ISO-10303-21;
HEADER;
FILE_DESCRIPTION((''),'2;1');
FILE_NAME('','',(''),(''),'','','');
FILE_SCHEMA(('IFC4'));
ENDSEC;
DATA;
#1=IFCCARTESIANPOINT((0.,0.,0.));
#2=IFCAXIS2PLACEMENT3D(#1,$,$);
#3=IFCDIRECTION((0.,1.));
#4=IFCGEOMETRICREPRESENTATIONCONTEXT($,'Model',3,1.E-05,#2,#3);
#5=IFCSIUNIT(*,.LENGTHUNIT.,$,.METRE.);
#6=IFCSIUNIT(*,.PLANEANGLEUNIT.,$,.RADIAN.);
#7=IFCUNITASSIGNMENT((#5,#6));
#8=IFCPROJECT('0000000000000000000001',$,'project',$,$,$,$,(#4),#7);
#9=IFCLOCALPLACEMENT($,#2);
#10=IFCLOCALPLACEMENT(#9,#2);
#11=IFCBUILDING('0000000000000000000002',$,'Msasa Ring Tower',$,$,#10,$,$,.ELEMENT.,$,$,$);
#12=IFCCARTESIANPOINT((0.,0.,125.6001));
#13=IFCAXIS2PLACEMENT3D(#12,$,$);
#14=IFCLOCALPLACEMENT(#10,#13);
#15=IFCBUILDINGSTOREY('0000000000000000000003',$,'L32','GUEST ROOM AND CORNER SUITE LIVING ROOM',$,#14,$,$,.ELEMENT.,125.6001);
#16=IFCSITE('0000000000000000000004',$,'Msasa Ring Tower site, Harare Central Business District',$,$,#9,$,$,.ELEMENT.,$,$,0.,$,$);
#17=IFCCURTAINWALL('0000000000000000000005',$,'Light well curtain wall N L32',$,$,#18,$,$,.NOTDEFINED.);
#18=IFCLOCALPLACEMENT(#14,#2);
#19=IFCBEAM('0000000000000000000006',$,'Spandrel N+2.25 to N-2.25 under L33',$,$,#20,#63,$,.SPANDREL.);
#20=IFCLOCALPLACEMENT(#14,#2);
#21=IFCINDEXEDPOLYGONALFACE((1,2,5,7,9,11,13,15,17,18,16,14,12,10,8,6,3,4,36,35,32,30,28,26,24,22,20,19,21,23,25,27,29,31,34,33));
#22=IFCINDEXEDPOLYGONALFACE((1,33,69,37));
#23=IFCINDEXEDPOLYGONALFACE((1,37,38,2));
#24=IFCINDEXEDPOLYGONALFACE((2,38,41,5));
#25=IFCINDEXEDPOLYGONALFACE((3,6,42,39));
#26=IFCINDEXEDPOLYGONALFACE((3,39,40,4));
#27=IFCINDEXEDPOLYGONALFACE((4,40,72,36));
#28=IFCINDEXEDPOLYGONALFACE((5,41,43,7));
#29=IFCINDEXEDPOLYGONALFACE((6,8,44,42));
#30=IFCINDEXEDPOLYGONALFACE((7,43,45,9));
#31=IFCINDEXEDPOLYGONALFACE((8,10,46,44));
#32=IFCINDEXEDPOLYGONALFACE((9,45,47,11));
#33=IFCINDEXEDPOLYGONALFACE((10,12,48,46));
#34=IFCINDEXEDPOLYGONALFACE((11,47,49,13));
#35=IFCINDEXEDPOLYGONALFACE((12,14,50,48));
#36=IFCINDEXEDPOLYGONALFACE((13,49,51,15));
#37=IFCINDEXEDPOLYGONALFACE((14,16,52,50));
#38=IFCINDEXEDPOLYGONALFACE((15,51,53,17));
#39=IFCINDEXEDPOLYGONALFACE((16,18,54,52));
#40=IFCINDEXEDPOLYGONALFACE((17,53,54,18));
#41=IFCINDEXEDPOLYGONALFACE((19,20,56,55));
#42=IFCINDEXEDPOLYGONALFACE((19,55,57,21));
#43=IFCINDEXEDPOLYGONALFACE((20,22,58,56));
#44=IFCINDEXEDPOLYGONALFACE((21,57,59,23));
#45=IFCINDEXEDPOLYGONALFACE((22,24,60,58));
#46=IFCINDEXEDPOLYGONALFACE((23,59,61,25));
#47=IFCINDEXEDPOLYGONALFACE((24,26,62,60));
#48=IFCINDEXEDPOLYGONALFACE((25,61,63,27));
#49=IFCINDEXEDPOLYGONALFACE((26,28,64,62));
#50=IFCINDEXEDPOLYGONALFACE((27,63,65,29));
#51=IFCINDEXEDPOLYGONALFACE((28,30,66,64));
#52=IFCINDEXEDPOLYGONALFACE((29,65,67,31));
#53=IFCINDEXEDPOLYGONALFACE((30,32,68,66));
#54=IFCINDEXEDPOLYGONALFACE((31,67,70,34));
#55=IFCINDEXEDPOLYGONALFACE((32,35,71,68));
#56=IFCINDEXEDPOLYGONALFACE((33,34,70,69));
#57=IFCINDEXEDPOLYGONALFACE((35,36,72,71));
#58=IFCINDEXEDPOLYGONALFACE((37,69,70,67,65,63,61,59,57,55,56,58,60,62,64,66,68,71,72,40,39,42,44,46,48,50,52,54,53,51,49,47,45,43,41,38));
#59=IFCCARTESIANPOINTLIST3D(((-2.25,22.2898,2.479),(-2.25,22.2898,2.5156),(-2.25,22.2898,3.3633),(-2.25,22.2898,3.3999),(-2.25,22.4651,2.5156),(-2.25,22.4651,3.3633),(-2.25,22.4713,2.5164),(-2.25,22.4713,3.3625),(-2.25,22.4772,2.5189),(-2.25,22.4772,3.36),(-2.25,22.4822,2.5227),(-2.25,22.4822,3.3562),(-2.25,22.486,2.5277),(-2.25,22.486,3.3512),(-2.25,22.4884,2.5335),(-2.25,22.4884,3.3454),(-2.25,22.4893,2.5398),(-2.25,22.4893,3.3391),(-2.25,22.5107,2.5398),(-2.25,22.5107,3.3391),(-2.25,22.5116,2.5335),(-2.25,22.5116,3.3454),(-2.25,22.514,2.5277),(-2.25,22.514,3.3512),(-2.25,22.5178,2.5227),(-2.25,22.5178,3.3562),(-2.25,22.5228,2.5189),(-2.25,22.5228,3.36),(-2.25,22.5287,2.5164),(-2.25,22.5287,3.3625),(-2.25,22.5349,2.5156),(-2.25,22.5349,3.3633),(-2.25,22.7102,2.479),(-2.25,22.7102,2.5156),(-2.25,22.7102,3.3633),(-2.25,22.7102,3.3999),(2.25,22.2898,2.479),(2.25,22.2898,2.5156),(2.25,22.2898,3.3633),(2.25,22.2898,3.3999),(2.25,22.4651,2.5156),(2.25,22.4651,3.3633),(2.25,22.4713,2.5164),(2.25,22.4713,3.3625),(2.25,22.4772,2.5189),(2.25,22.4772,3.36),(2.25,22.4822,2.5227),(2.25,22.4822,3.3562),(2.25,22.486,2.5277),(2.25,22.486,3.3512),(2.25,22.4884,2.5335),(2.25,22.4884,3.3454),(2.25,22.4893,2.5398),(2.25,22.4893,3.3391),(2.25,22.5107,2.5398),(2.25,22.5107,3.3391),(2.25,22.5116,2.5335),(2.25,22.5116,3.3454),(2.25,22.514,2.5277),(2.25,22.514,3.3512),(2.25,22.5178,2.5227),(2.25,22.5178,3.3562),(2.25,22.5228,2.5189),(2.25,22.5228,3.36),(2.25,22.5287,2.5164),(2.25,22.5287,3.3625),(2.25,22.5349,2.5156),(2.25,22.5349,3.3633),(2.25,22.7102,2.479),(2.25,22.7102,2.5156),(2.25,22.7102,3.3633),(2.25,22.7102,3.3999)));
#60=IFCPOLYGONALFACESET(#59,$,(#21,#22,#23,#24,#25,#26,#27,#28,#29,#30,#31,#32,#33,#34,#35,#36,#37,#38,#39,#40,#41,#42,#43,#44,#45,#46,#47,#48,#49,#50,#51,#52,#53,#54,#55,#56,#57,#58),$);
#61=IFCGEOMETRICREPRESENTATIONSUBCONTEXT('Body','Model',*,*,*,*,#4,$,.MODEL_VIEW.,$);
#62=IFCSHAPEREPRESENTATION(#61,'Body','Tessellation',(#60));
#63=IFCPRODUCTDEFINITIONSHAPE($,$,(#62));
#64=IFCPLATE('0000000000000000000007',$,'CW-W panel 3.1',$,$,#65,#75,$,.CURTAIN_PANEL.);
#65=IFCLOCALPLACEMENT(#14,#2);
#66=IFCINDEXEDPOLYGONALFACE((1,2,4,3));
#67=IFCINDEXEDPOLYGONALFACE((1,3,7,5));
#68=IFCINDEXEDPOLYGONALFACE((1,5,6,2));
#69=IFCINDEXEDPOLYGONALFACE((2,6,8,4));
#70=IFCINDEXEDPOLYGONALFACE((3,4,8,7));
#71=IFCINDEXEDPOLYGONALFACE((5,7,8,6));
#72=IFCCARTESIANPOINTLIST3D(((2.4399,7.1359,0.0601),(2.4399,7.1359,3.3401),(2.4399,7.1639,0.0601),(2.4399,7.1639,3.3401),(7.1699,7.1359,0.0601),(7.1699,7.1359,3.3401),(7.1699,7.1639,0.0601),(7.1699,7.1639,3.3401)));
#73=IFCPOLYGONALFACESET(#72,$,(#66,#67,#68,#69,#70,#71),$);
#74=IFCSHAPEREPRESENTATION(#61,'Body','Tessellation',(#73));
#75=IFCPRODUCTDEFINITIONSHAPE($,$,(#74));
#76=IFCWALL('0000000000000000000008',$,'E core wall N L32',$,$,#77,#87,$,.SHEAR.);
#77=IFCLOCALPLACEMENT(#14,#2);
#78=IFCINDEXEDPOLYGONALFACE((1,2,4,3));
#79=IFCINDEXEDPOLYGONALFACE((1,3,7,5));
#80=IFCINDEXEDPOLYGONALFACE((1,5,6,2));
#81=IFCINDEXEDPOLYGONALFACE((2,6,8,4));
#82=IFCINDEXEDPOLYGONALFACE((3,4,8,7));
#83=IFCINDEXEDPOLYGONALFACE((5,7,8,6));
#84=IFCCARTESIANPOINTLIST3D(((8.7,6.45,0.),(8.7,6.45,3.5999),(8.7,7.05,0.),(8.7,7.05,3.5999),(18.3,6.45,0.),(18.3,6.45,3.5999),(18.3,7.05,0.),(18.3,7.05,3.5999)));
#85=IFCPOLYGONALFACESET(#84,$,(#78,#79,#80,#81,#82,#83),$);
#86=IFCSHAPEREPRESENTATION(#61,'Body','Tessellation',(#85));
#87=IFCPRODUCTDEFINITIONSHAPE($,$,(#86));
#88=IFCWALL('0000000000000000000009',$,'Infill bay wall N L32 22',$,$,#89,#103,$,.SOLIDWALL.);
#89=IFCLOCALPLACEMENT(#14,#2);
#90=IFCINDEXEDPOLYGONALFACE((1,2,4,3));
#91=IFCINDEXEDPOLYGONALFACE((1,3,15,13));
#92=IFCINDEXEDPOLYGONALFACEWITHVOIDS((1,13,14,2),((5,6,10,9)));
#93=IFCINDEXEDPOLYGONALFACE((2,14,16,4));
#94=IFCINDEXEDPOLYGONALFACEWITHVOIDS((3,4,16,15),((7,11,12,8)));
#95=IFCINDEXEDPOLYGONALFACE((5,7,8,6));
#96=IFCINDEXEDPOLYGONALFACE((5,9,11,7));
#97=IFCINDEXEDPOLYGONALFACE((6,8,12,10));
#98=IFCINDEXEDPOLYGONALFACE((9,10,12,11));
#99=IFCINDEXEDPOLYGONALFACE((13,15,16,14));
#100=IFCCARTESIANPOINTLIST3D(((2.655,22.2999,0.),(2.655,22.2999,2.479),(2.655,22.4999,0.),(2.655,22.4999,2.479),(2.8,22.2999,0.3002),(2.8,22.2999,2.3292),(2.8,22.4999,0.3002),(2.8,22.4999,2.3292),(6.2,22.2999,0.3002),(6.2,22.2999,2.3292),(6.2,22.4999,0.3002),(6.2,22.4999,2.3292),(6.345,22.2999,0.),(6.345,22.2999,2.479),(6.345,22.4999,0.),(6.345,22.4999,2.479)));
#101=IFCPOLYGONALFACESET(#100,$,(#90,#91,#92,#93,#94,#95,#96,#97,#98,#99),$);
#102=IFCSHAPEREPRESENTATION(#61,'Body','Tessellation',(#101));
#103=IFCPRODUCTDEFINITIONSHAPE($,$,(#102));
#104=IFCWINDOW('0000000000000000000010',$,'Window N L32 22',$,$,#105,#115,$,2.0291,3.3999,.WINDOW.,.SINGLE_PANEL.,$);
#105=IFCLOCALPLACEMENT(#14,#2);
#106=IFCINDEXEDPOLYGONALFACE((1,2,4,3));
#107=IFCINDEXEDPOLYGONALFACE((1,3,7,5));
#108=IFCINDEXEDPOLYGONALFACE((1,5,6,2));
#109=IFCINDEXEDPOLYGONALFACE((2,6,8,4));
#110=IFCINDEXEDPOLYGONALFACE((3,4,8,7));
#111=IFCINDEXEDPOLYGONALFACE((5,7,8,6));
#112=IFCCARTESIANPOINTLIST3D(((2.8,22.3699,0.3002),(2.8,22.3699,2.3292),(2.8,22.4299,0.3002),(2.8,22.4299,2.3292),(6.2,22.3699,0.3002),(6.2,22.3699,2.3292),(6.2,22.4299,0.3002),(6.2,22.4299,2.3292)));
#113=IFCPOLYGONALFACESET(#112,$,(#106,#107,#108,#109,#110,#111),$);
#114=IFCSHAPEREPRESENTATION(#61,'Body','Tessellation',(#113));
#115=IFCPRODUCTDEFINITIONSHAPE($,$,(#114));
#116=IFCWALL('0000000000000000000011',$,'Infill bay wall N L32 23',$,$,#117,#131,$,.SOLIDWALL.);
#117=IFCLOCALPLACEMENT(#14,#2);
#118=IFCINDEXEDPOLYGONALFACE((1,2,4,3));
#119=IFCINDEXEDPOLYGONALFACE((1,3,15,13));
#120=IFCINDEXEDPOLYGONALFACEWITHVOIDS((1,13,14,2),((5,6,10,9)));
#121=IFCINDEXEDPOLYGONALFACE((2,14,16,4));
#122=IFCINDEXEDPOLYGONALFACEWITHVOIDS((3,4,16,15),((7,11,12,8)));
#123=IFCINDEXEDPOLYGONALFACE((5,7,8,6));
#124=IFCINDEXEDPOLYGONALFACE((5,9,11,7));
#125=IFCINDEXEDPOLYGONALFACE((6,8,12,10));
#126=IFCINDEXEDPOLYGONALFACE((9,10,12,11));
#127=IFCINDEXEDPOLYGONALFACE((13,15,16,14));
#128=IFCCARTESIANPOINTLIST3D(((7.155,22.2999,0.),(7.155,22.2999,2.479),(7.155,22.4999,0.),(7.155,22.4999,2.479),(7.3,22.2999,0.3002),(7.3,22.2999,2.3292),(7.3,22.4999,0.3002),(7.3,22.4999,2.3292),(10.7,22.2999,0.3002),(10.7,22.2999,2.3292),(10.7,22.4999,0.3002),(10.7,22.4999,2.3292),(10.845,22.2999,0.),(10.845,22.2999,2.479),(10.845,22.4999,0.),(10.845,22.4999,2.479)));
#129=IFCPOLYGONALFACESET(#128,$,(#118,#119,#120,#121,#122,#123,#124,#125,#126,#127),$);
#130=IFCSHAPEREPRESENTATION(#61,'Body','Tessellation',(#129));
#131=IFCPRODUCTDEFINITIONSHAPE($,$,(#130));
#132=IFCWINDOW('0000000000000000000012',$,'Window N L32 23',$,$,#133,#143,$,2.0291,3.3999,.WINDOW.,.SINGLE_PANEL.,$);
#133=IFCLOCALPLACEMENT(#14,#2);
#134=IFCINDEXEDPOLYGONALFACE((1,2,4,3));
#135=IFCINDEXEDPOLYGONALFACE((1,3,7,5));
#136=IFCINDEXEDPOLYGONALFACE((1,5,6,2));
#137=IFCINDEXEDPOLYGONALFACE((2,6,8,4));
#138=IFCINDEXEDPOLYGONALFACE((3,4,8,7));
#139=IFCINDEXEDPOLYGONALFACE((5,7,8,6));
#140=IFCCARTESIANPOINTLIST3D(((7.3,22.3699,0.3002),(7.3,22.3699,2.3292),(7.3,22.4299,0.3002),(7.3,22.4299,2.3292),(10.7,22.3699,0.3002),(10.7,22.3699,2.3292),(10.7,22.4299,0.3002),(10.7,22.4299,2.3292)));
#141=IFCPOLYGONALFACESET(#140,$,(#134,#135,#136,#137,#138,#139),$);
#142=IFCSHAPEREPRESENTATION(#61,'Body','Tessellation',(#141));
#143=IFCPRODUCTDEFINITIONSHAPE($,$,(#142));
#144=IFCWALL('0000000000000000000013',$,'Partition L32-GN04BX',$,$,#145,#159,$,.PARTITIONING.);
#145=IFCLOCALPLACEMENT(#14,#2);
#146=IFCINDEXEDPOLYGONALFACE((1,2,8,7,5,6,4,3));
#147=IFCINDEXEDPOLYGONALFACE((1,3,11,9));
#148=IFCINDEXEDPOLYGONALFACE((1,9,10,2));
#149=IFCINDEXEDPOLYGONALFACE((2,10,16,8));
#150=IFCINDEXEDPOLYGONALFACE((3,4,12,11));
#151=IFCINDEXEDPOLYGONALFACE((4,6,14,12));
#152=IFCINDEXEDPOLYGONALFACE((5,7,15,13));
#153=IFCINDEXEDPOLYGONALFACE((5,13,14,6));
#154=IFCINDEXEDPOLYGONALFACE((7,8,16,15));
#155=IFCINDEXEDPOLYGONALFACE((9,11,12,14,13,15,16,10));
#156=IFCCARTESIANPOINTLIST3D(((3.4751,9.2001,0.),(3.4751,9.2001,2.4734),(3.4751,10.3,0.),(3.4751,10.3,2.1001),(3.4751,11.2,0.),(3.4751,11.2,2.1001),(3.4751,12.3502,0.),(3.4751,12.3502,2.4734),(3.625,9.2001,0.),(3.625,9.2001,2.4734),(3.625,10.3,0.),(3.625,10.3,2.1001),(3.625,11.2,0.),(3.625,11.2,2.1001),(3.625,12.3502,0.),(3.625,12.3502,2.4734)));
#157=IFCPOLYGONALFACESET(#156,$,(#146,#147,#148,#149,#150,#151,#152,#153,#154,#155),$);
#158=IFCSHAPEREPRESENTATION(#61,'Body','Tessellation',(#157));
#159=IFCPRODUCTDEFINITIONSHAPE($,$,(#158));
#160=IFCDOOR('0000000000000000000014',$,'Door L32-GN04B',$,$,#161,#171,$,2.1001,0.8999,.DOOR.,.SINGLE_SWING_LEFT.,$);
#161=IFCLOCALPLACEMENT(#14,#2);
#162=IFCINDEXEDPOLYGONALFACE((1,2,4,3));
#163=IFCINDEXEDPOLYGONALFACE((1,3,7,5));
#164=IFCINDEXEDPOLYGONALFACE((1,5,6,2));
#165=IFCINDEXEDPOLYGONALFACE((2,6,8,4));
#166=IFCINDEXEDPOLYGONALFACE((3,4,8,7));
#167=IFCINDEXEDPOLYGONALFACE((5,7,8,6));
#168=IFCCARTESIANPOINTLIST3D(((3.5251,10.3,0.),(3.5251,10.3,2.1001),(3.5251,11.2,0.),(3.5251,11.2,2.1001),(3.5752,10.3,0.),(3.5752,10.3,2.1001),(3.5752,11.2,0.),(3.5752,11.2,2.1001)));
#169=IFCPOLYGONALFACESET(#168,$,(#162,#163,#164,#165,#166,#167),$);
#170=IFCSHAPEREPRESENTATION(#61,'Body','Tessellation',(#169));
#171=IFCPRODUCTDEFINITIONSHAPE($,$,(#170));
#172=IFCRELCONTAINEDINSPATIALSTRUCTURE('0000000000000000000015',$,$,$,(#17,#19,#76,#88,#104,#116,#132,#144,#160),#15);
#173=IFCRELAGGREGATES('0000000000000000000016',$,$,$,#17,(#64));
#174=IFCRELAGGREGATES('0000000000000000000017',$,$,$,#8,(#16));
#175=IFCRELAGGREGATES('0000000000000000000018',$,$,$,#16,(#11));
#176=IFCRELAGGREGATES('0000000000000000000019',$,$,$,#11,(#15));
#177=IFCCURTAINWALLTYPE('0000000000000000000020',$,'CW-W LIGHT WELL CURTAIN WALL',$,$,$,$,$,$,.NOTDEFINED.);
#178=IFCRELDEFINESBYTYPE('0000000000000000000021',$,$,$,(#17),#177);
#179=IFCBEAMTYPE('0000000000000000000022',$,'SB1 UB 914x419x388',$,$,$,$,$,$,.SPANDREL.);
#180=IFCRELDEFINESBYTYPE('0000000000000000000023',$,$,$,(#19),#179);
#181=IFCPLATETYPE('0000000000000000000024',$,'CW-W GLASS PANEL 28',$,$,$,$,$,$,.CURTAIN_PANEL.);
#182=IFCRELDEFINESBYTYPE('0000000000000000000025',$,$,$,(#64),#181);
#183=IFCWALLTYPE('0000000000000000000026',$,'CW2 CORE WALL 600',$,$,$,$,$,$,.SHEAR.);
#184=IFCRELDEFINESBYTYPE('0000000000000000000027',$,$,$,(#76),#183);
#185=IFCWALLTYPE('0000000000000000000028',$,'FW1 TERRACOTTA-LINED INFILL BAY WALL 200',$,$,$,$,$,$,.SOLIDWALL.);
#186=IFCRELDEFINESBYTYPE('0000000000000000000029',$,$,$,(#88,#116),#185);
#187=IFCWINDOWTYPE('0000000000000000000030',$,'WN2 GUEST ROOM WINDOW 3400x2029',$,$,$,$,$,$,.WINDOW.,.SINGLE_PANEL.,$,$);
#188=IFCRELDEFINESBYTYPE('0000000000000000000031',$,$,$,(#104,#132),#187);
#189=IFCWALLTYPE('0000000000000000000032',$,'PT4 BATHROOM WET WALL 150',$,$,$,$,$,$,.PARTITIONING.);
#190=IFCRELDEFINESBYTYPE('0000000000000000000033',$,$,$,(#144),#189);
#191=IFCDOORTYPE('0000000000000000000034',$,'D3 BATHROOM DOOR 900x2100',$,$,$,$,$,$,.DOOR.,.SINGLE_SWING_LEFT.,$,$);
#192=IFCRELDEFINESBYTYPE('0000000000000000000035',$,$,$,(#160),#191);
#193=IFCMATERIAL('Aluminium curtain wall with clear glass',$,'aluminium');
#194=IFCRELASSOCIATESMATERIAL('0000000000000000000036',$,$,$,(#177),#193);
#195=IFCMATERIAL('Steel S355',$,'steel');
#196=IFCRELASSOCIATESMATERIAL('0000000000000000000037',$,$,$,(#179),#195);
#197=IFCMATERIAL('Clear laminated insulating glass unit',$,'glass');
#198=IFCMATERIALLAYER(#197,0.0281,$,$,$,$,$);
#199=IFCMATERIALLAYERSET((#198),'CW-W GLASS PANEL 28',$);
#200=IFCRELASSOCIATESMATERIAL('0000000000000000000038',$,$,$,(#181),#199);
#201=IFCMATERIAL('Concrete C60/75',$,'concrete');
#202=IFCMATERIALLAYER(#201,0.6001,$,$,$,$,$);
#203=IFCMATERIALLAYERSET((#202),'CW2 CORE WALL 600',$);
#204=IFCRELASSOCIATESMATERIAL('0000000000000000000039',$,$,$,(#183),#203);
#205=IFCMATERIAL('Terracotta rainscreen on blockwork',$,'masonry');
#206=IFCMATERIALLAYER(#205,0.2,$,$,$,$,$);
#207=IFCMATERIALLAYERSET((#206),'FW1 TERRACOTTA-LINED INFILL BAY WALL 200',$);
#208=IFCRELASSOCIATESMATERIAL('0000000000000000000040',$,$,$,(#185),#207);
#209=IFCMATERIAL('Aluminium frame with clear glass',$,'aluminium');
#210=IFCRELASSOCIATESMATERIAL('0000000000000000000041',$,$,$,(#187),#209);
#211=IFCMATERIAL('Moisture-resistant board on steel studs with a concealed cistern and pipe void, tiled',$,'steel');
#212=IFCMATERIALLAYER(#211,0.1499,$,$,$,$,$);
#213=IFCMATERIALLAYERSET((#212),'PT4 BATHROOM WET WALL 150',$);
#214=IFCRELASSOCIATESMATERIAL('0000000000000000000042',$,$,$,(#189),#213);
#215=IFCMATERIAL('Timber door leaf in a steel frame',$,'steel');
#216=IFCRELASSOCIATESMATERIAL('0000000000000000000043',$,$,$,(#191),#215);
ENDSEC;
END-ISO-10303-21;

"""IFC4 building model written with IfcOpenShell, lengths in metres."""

from ifc_helpers import new_model, si_unit, direction, frame, frame_2d, origin, origin_2d, place, context, subcontext, project, spatial, rectangle, i_section, extrude, material, layer, layer_set, material_profile, profile_set, type_object, element, fill, aggregate, save


model = new_model("IFC4")

# Units and contexts
model_context = context("Model", 3, precision=1e-05, world=origin(), true_north=direction((0.0, 1.0)))
body_context = subcontext(model_context, "Body", "Model", "MODEL_VIEW")
ifc_project = project(units=[si_unit("LENGTHUNIT", "METRE"), si_unit("PLANEANGLEUNIT", "RADIAN")], contexts=[model_context])

# Site, building, storey
site_placement = place(None, origin())
site = spatial("IfcSite", under=ifc_project, at=site_placement, Name="Msasa Ring Tower site, Harare Central Business District", CompositionType="ELEMENT", RefElevation=0.0)
building_placement = place(site_placement, origin())
building = spatial("IfcBuilding", under=site, at=building_placement, Name="Msasa Ring Tower", CompositionType="ELEMENT")
storey_placement = place(building_placement, frame((0.0, 0.0, 125.6001)))
storey = spatial("IfcBuildingStorey", under=building, at=storey_placement, Name="L32", Description="GUEST ROOM AND CORNER SUITE LIVING ROOM", CompositionType="ELEMENT", Elevation=125.6001)

# Curtain wall
ifc_material_1 = material(Name="Aluminium curtain wall with clear glass", Category="aluminium")
curtain_wall_type = type_object("IfcCurtainWallType", Name="CW-W LIGHT WELL CURTAIN WALL", PredefinedType="NOTDEFINED", material=ifc_material_1)
curtain_wall_1_placement = place(storey_placement, origin())
curtain_wall_1 = element("IfcCurtainWall", 1, at=curtain_wall_1_placement, inside=storey, type_object=curtain_wall_type, Name="Light well curtain wall N L32", PredefinedType="NOTDEFINED")

# Beam
ifc_material_2 = material(Name="Steel S355", Category="steel")
ifc_material_profile_1 = material_profile(ifc_material_2, i_section(OverallWidth=0.4204, OverallDepth=0.9209, WebThickness=0.0215, FlangeThickness=0.0366, FilletRadius=0.0242, at=origin_2d()), Name="UB 914x419x388")
ifc_profile_set_1 = profile_set([ifc_material_profile_1], Name="Steel S355")
beam_type_1 = type_object("IfcBeamType", Name="SB1 UB 914x419x388", PredefinedType="SPANDREL", material=ifc_profile_set_1)
for number, where, z_axis, x_axis, name in (
    (2, (2.25, 22.5, 2.9395), (-1.0, 0.0, 0.0), (0.0, -1.0, 0.0), "Spandrel N+2.25 to N-2.25 under L33"),
):
    element("IfcBeam", number, at=place(storey_placement, frame(where, z_axis=z_axis, x_axis=x_axis)), inside=storey, type_object=beam_type_1, Name=name, PredefinedType="SPANDREL", context=body_context, shape_type="SweptSolid", body=[
        extrude(i_section(OverallWidth=0.4204, OverallDepth=0.9209, WebThickness=0.0215, FlangeThickness=0.0366, FilletRadius=0.0242, at=origin_2d()), origin(), (0.0, 0.0, 1.0), 4.5),
    ])

# Plate
ifc_material_3 = material(Name="Clear laminated insulating glass unit", Category="glass")
ifc_layer_1 = layer(ifc_material_3, 0.0281)
ifc_layer_set_1 = layer_set([ifc_layer_1], Name="CW-W GLASS PANEL 28")
plate_type = type_object("IfcPlateType", Name="CW-W GLASS PANEL 28", PredefinedType="CURTAIN_PANEL", material=ifc_layer_set_1)
plate_placement = place(storey_placement, frame((4.8049, 7.1499, 0.0601), z_axis=(0.0, 0.0, 1.0), x_axis=(1.0, 0.0, 0.0)))
plate = element("IfcPlate", 3, at=plate_placement, type_object=plate_type, Name="CW-W panel 3.1", PredefinedType="CURTAIN_PANEL", context=body_context, shape_type="SweptSolid", body=[
    extrude(rectangle(XDim=4.73, YDim=0.0281, at=origin_2d()), origin(), (0.0, 0.0, 1.0), 3.28),
])
aggregate(curtain_wall_1, [plate])

# Wall
ifc_material_4 = material(Name="Concrete C60/75", Category="concrete")
ifc_layer_2 = layer(ifc_material_4, 0.6001)
ifc_layer_set_2 = layer_set([ifc_layer_2], Name="CW2 CORE WALL 600")
wall_type_1 = type_object("IfcWallType", Name="CW2 CORE WALL 600", PredefinedType="SHEAR", material=ifc_layer_set_2)
wall_1_placement = place(storey_placement, frame((8.7, 6.75, 0.0), z_axis=(0.0, 0.0, 1.0), x_axis=(1.0, 0.0, 0.0)))
element("IfcWall", 4, at=wall_1_placement, inside=storey, type_object=wall_type_1, Name="E core wall N L32", PredefinedType="SHEAR", context=body_context, shape_type="SweptSolid", body=[
    extrude(rectangle(XDim=9.6001, YDim=0.6001, at=frame_2d((4.8, 0.0))), origin(), (0.0, 0.0, 1.0), 3.5999),
])

# Walls, openings, windows
ifc_material_5 = material(Name="Terracotta rainscreen on blockwork", Category="masonry")
ifc_layer_3 = layer(ifc_material_5, 0.2)
ifc_layer_set_3 = layer_set([ifc_layer_3], Name="FW1 TERRACOTTA-LINED INFILL BAY WALL 200")
wall_type_2 = type_object("IfcWallType", Name="FW1 TERRACOTTA-LINED INFILL BAY WALL 200", PredefinedType="SOLIDWALL", material=ifc_layer_set_3)
wall_2_placement = place(storey_placement, frame((2.655, 22.3999, 0.0), z_axis=(0.0, 0.0, 1.0), x_axis=(1.0, 0.0, 0.0)))
wall_2 = element("IfcWall", 5, at=wall_2_placement, inside=storey, type_object=wall_type_2, Name="Infill bay wall N L32 22", PredefinedType="SOLIDWALL", context=body_context, shape_type="SweptSolid", body=[
    extrude(rectangle(XDim=3.6899, YDim=0.2, at=frame_2d((1.845, 0.0))), origin(), (0.0, 0.0, 1.0), 2.479),
])
opening_1_placement = place(wall_2_placement, frame((0.145, 0.0, 0.3)))
opening_1 = element("IfcOpeningElement", 6, at=opening_1_placement, cuts=wall_2, PredefinedType="OPENING", context=body_context, shape_type="SweptSolid", body=[
    extrude(rectangle(XDim=3.3999, YDim=2.0291, at=frame_2d((1.7, 1.0146))), frame((0.0, 0.1099, 0.0), z_axis=(0.0, -1.0, 0.0), x_axis=(1.0, 0.0, 0.0)), (0.0, 0.0, 1.0), 0.22),
])
ifc_material_6 = material(Name="Aluminium frame with clear glass", Category="aluminium")
window_type = type_object("IfcWindowType", Name="WN2 GUEST ROOM WINDOW 3400x2029", PartitioningType="SINGLE_PANEL", PredefinedType="WINDOW", material=ifc_material_6)
window_1_placement = place(opening_1_placement, origin())
window_1 = element("IfcWindow", 7, at=window_1_placement, inside=storey, type_object=window_type, Name="Window N L32 22", OverallHeight=2.0291, OverallWidth=3.3999, PartitioningType="SINGLE_PANEL", PredefinedType="WINDOW", context=body_context, shape_type="SweptSolid", body=[
    extrude(rectangle(XDim=3.3999, YDim=2.0291, at=frame_2d((1.7, 1.0146))), frame((0.0, 0.03, 0.0), z_axis=(0.0, -1.0, 0.0), x_axis=(1.0, 0.0, 0.0)), (0.0, 0.0, 1.0), 0.0601),
])
fill(opening_1, window_1)
wall_3_placement = place(storey_placement, frame((7.155, 22.3999, 0.0), z_axis=(0.0, 0.0, 1.0), x_axis=(1.0, 0.0, 0.0)))
wall_3 = element("IfcWall", 8, at=wall_3_placement, inside=storey, type_object=wall_type_2, Name="Infill bay wall N L32 23", PredefinedType="SOLIDWALL", context=body_context, shape_type="SweptSolid", body=[
    extrude(rectangle(XDim=3.6899, YDim=0.2, at=frame_2d((1.845, 0.0))), origin(), (0.0, 0.0, 1.0), 2.479),
])
opening_2_placement = place(wall_3_placement, frame((0.145, 0.0, 0.3)))
opening_2 = element("IfcOpeningElement", 9, at=opening_2_placement, cuts=wall_3, PredefinedType="OPENING", context=body_context, shape_type="SweptSolid", body=[
    extrude(rectangle(XDim=3.3999, YDim=2.0291, at=frame_2d((1.7, 1.0146))), frame((0.0, 0.1099, 0.0), z_axis=(0.0, -1.0, 0.0), x_axis=(1.0, 0.0, 0.0)), (0.0, 0.0, 1.0), 0.22),
])
window_2_placement = place(opening_2_placement, origin())
window_2 = element("IfcWindow", 10, at=window_2_placement, inside=storey, type_object=window_type, Name="Window N L32 23", OverallHeight=2.0291, OverallWidth=3.3999, PartitioningType="SINGLE_PANEL", PredefinedType="WINDOW", context=body_context, shape_type="SweptSolid", body=[
    extrude(rectangle(XDim=3.3999, YDim=2.0291, at=frame_2d((1.7, 1.0146))), frame((0.0, 0.03, 0.0), z_axis=(0.0, -1.0, 0.0), x_axis=(1.0, 0.0, 0.0)), (0.0, 0.0, 1.0), 0.0601),
])
fill(opening_2, window_2)

# Wall, opening, door
ifc_material_7 = material(Name="Moisture-resistant board on steel studs with a concealed cistern and pipe void, tiled", Category="steel")
ifc_layer_4 = layer(ifc_material_7, 0.1499)
ifc_layer_set_4 = layer_set([ifc_layer_4], Name="PT4 BATHROOM WET WALL 150")
wall_type_3 = type_object("IfcWallType", Name="PT4 BATHROOM WET WALL 150", PredefinedType="PARTITIONING", material=ifc_layer_set_4)
wall_4_placement = place(storey_placement, frame((3.55, 9.2, 0.0), z_axis=(0.0, 0.0, 1.0), x_axis=(0.0, 1.0, 0.0)))
wall_4 = element("IfcWall", 11, at=wall_4_placement, inside=storey, type_object=wall_type_3, Name="Partition L32-GN04BX", PredefinedType="PARTITIONING", context=body_context, shape_type="SweptSolid", body=[
    extrude(rectangle(XDim=3.1501, YDim=0.1499, at=frame_2d((1.5752, 0.0))), origin(), (0.0, 0.0, 1.0), 2.4734),
])
opening_3_placement = place(wall_4_placement, frame((1.1001, 0.0, 0.0)))
opening_3 = element("IfcOpeningElement", 12, at=opening_3_placement, cuts=wall_4, PredefinedType="OPENING", context=body_context, shape_type="SweptSolid", body=[
    extrude(rectangle(XDim=0.8999, YDim=2.1001, at=frame_2d((0.45, 1.05))), frame((0.0, 0.085, 0.0), z_axis=(0.0, -1.0, 0.0), x_axis=(1.0, 0.0, 0.0)), (0.0, 0.0, 1.0), 0.1699),
])
ifc_material_8 = material(Name="Timber door leaf in a steel frame", Category="steel")
door_type = type_object("IfcDoorType", Name="D3 BATHROOM DOOR 900x2100", OperationType="SINGLE_SWING_LEFT", PredefinedType="DOOR", material=ifc_material_8)
door_1_placement = place(opening_3_placement, origin())
door_1 = element("IfcDoor", 13, at=door_1_placement, inside=storey, type_object=door_type, Name="Door L32-GN04B", OperationType="SINGLE_SWING_LEFT", OverallHeight=2.1001, OverallWidth=0.8999, PredefinedType="DOOR", context=body_context, shape_type="SweptSolid", body=[
    extrude(rectangle(XDim=0.8999, YDim=2.1001, at=frame_2d((0.45, 1.05))), frame((0.0, 0.0249, 0.0), z_axis=(0.0, -1.0, 0.0), x_axis=(1.0, 0.0, 0.0)), (0.0, 0.0, 1.0), 0.05),
])
fill(opening_3, door_1)

save(model, "model.ifc")
